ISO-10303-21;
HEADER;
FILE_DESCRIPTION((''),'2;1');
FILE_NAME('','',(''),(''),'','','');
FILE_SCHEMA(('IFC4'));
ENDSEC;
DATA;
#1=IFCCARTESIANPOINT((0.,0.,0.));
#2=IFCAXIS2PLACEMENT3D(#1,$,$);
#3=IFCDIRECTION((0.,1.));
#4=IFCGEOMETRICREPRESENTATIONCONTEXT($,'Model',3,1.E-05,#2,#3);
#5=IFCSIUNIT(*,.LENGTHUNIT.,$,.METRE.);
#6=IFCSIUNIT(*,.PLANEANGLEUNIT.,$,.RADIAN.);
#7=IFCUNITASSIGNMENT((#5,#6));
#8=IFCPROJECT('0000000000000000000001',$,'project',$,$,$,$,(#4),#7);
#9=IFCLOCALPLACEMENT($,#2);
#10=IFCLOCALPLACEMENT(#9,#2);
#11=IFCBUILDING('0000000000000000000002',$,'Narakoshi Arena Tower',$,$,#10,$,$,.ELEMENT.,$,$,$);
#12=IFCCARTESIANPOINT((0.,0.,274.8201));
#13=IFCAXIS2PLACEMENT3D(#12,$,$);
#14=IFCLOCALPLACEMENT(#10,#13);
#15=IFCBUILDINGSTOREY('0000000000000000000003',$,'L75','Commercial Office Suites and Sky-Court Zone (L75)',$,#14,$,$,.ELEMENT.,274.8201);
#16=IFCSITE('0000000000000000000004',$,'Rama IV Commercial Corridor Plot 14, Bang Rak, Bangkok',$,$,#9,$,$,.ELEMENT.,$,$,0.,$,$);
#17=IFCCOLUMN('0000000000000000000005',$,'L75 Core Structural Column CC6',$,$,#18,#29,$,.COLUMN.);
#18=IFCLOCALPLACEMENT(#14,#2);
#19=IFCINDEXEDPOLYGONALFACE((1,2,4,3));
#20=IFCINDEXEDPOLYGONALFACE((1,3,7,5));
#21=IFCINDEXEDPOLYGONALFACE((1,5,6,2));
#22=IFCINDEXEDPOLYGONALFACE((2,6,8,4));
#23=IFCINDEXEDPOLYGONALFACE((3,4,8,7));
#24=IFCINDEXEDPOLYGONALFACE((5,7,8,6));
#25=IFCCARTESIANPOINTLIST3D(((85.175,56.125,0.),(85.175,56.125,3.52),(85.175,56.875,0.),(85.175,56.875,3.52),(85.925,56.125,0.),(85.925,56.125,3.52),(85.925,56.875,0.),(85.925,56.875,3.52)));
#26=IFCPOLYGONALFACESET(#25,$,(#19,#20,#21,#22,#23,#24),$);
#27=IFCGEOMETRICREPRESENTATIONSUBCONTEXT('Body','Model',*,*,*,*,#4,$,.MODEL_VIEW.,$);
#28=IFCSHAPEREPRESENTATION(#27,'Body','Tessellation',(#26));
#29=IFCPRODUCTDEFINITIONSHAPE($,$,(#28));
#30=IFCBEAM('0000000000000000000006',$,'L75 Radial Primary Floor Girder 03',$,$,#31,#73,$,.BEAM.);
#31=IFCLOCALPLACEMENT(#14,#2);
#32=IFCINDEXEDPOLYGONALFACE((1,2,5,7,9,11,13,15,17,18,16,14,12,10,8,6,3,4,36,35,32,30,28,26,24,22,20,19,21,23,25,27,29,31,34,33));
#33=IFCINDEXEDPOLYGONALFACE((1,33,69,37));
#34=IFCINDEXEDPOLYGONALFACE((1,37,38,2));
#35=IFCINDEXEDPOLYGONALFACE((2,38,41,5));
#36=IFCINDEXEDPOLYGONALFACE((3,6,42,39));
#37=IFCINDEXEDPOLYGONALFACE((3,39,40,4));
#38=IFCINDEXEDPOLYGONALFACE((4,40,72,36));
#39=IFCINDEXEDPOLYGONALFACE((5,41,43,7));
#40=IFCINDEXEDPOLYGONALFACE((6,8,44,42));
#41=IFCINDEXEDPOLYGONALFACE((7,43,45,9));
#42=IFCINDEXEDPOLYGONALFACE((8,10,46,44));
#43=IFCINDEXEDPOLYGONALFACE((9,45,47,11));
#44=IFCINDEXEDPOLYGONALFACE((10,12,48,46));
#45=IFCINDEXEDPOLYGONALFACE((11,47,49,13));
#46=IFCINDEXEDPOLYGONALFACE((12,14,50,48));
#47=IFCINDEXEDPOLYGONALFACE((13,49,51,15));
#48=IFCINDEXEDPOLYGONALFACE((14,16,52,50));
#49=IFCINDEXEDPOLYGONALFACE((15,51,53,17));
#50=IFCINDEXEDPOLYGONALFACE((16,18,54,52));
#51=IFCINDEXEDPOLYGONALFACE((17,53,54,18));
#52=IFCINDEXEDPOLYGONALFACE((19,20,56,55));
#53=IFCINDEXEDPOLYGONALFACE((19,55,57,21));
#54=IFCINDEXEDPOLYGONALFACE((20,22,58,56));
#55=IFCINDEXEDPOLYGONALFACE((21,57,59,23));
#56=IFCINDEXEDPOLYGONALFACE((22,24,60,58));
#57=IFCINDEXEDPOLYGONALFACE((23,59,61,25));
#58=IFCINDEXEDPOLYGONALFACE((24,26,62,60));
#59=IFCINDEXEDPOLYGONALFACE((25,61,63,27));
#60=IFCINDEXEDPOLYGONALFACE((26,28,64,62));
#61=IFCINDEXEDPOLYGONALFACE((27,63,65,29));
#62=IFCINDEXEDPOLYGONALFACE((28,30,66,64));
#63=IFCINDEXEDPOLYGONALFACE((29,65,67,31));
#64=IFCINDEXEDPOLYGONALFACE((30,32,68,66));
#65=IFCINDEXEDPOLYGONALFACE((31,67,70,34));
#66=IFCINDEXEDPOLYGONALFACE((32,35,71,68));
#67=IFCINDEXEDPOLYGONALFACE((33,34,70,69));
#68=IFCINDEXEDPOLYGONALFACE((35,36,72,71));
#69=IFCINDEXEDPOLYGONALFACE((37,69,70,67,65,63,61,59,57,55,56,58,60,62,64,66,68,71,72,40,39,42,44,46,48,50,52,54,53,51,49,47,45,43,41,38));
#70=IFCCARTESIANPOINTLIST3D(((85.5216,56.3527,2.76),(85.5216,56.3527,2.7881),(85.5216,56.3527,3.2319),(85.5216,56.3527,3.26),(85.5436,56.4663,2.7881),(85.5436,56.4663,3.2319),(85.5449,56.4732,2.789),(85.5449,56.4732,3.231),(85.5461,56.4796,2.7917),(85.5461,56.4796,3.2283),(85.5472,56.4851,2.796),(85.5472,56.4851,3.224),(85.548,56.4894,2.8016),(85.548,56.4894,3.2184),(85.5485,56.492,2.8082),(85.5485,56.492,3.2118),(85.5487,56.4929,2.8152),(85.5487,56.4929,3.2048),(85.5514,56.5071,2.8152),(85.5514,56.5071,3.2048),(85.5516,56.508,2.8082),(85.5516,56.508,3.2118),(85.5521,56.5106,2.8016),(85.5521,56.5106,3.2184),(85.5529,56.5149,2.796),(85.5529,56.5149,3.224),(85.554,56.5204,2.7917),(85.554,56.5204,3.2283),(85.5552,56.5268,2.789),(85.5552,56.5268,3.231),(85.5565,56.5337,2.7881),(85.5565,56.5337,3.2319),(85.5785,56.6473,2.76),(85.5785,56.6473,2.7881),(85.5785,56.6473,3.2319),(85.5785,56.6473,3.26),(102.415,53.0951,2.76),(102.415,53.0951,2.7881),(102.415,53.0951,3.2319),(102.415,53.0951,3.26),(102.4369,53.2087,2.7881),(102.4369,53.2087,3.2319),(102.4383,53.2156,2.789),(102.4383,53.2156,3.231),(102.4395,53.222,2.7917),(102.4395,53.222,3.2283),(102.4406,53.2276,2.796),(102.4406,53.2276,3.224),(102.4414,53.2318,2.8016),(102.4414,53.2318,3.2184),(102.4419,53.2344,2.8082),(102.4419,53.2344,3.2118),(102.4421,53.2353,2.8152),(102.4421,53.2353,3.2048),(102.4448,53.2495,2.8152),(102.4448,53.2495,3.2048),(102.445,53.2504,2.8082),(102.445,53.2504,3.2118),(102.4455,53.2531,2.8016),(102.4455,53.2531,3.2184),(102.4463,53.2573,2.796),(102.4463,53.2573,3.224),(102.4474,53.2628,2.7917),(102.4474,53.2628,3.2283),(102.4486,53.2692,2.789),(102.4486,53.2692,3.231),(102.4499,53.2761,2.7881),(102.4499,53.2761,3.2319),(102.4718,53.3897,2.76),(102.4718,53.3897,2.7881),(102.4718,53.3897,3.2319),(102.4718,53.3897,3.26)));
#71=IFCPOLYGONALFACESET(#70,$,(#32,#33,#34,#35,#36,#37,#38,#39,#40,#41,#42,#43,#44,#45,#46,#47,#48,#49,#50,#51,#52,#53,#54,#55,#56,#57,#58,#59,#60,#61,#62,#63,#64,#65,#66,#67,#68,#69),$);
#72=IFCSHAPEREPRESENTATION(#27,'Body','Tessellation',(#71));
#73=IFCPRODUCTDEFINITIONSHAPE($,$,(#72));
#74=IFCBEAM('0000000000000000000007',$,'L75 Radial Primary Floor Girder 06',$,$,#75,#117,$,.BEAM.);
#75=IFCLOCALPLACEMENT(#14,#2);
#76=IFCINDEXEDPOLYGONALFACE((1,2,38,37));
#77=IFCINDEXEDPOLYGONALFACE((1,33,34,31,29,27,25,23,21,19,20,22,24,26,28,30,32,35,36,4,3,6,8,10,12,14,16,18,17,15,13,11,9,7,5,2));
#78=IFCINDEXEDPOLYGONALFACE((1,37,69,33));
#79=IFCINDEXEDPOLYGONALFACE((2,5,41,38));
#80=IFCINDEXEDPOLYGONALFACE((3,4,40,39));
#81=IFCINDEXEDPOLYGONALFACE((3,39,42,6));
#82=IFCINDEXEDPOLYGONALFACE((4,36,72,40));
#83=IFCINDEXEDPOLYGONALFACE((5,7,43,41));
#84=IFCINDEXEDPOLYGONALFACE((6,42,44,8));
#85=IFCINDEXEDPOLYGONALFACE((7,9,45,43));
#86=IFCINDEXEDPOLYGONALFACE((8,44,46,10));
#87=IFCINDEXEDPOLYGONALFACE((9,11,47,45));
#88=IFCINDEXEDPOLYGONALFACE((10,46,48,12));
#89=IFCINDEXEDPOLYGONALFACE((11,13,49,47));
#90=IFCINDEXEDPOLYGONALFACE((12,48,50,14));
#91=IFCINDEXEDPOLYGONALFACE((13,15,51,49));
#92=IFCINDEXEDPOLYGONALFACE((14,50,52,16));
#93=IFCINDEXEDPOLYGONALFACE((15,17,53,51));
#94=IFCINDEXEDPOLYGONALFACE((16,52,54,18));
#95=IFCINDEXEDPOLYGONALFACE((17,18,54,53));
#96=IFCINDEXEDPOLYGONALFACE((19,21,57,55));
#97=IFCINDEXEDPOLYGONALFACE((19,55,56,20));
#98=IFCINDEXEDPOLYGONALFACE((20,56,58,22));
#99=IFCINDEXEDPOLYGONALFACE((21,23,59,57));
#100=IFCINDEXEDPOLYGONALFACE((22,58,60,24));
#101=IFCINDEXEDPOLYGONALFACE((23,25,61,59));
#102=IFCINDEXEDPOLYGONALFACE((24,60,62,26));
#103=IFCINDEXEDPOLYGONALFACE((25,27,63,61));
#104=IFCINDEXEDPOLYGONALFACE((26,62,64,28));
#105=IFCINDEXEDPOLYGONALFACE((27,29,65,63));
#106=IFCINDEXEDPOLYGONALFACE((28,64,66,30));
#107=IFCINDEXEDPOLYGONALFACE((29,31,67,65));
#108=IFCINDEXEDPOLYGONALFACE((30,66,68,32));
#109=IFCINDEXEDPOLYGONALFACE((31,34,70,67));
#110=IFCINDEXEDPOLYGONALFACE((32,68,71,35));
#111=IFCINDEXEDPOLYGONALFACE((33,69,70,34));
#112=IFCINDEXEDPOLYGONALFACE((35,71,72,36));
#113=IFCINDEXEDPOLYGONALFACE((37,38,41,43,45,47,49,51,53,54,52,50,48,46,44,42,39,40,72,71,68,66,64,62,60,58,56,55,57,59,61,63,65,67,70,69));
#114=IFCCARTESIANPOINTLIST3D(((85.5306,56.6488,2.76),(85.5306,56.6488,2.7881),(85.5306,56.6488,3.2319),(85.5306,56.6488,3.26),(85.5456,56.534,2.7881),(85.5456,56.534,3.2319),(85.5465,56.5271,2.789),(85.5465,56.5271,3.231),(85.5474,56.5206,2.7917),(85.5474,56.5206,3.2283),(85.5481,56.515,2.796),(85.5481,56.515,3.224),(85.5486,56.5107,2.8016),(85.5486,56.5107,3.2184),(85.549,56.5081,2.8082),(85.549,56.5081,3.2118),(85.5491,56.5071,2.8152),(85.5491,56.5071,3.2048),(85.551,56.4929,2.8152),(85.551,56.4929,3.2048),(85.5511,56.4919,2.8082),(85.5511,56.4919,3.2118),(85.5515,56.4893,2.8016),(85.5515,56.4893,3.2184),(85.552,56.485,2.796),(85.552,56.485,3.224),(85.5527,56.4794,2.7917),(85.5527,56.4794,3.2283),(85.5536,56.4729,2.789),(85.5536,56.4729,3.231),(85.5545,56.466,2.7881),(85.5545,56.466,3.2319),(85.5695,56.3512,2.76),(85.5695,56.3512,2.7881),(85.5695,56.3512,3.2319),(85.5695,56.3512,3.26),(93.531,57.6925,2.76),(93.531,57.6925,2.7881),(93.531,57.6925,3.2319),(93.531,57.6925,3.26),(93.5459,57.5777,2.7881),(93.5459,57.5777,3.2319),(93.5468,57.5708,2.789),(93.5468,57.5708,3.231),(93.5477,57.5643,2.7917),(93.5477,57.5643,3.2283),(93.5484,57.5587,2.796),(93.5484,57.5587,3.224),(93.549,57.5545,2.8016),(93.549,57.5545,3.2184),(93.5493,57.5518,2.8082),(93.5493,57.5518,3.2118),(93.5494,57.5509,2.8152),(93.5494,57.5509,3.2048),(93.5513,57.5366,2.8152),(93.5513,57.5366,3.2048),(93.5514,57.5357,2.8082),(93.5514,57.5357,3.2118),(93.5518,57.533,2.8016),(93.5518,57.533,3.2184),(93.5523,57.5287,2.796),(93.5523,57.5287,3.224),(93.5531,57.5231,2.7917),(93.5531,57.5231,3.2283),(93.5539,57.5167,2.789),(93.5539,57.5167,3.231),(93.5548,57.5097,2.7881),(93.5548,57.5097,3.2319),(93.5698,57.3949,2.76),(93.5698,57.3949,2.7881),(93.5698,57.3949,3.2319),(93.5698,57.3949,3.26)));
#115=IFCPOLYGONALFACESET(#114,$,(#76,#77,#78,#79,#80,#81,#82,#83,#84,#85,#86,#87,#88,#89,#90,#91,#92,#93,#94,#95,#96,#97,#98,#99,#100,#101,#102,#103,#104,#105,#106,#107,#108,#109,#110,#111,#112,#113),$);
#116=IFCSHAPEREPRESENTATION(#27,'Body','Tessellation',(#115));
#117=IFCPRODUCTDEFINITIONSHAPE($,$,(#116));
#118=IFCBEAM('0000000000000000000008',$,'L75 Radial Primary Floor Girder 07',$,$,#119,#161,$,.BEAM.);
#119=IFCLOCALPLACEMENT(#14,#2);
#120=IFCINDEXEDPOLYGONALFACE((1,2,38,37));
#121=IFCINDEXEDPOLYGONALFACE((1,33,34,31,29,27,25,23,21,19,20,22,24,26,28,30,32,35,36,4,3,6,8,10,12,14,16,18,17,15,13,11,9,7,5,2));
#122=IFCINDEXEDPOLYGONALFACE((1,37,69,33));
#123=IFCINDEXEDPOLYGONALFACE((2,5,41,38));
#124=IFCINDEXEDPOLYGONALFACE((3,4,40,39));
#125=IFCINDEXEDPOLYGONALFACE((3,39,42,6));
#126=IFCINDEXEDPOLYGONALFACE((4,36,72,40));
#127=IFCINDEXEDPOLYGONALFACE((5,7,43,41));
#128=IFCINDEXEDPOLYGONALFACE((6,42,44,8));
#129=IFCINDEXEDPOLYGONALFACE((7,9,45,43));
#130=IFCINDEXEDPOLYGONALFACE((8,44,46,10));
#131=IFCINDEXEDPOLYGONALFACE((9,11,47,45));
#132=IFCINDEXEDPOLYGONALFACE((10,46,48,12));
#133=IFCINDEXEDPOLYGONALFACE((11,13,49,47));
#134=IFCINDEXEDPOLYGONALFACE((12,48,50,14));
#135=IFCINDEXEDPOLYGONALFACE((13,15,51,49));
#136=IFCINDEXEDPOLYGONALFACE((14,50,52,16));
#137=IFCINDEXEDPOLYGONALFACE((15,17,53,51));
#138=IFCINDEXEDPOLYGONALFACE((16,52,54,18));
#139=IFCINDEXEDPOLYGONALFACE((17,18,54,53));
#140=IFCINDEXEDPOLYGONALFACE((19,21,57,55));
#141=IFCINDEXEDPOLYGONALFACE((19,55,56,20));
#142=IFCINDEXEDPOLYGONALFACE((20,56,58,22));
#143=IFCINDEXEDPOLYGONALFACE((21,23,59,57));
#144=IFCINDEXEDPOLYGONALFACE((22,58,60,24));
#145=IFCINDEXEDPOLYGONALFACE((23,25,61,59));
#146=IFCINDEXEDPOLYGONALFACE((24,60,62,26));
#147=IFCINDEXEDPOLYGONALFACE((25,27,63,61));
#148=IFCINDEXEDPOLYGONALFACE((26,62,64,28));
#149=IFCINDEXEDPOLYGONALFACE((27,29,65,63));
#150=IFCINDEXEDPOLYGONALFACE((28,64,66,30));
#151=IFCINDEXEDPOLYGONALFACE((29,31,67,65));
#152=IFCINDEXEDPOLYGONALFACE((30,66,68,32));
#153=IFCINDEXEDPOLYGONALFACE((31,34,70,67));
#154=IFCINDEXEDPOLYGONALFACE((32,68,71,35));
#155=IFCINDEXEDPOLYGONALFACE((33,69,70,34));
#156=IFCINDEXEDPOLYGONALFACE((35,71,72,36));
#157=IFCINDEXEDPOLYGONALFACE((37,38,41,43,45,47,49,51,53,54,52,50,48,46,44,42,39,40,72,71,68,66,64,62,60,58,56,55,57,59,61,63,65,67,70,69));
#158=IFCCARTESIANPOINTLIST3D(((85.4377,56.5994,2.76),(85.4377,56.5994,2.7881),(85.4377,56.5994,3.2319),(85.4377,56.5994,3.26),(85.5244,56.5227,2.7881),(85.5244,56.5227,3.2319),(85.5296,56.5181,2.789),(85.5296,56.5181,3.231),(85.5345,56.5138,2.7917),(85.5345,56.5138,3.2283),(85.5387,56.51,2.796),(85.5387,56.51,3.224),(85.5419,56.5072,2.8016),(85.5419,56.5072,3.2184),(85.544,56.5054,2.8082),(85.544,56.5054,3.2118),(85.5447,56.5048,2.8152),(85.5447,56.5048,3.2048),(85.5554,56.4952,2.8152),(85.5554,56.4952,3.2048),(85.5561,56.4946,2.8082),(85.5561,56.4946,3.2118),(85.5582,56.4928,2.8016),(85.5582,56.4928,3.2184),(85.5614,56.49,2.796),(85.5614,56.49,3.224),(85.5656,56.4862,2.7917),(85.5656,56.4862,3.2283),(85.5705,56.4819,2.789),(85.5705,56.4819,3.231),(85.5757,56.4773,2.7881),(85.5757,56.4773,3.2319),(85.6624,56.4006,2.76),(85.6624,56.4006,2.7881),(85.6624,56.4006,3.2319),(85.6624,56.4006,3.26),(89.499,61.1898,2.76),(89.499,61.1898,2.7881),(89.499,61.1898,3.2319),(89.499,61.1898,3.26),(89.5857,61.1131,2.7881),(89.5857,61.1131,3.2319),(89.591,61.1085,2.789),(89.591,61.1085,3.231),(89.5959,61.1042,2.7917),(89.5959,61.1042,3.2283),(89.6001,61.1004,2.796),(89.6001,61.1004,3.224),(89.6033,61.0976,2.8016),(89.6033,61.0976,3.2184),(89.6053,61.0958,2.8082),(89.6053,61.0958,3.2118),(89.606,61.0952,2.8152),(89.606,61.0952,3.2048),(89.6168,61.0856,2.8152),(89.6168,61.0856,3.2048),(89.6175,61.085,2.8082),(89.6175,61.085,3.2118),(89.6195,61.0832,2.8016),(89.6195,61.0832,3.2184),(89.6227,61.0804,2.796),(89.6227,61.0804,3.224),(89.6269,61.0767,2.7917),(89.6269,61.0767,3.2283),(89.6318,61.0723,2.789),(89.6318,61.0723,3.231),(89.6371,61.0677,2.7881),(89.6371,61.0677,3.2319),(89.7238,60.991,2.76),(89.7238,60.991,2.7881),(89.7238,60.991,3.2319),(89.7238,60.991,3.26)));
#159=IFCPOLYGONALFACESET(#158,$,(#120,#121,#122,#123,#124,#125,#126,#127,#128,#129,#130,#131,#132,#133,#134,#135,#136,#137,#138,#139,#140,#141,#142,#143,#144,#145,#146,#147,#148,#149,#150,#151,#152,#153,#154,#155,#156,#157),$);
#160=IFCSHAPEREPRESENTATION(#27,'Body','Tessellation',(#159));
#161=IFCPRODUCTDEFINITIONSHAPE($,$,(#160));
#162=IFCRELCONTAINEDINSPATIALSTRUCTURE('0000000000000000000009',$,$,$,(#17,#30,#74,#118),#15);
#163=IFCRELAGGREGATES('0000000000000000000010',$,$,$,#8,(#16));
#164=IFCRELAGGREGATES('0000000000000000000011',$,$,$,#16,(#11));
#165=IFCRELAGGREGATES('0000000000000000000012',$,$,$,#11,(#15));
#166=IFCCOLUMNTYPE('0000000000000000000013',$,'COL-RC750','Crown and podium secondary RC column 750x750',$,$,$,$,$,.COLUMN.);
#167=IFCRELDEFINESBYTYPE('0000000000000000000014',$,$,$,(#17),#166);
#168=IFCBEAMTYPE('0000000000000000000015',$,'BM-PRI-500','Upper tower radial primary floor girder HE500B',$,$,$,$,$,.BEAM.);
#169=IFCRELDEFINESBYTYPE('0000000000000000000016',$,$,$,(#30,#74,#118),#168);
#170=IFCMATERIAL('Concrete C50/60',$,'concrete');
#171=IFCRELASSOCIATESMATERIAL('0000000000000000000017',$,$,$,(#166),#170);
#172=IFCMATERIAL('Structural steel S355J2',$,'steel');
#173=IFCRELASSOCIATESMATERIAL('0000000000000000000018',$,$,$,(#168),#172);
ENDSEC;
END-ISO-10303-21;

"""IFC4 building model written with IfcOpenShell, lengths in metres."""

from ifc_helpers import new_model, si_unit, direction, frame, origin, origin_2d, place, context, subcontext, project, spatial, rectangle, i_section, extrude, material, material_profile, profile_set, type_object, element, save


model = new_model("IFC4")

# Units and contexts
model_context = context("Model", 3, precision=1e-05, world=origin(), true_north=direction((0.0, 1.0)))
body_context = subcontext(model_context, "Body", "Model", "MODEL_VIEW")
ifc_project = project(units=[si_unit("LENGTHUNIT", "METRE"), si_unit("PLANEANGLEUNIT", "RADIAN")], contexts=[model_context])

# Site, building, storey
site_placement = place(None, origin())
site = spatial("IfcSite", under=ifc_project, at=site_placement, Name="Rama IV Commercial Corridor Plot 14, Bang Rak, Bangkok", CompositionType="ELEMENT", RefElevation=0.0)
building_placement = place(site_placement, origin())
building = spatial("IfcBuilding", under=site, at=building_placement, Name="Narakoshi Arena Tower", CompositionType="ELEMENT")
storey_placement = place(building_placement, frame((0.0, 0.0, 274.8201)))
storey = spatial("IfcBuildingStorey", under=building, at=storey_placement, Name="L75", Description="Commercial Office Suites and Sky-Court Zone (L75)", CompositionType="ELEMENT", Elevation=274.8201)

# Column
ifc_material_1 = material(Name="Concrete C50/60", Category="concrete")
ifc_material_profile_1 = material_profile(ifc_material_1, rectangle(XDim=0.75, YDim=0.75, at=origin_2d()), Name="RC750x750")
ifc_profile_set_1 = profile_set([ifc_material_profile_1], Name="Concrete C50/60")
column_type = type_object("IfcColumnType", Name="COL-RC750", Description="Crown and podium secondary RC column 750x750", PredefinedType="COLUMN", material=ifc_profile_set_1)
column_placement = place(storey_placement, frame((85.55, 56.5, 0.0), z_axis=(0.0, 0.0, 1.0), x_axis=(1.0, 0.0, 0.0)))
element("IfcColumn", 1, at=column_placement, inside=storey, type_object=column_type, Name="L75 Core Structural Column CC6", PredefinedType="COLUMN", context=body_context, shape_type="SweptSolid", body=[
    extrude(rectangle(XDim=0.75, YDim=0.75, at=origin_2d()), origin(), (0.0, 0.0, 1.0), 3.52),
])

# Beams
ifc_material_2 = material(Name="Structural steel S355J2", Category="steel")
ifc_material_profile_2 = material_profile(ifc_material_2, i_section(OverallWidth=0.3, OverallDepth=0.5, WebThickness=0.0144, FlangeThickness=0.0281, FilletRadius=0.0271, at=origin_2d()), Name="HE500B")
ifc_profile_set_2 = profile_set([ifc_material_profile_2], Name="Structural steel S355J2")
beam_type = type_object("IfcBeamType", Name="BM-PRI-500", Description="Upper tower radial primary floor girder HE500B", PredefinedType="BEAM", material=ifc_profile_set_2)
beam_1_placement = place(storey_placement, frame((85.55, 56.5, 3.01), z_axis=(0.981911, -0.189344, 0.0), x_axis=(0.189344, 0.981911, 0.0)))
element("IfcBeam", 2, at=beam_1_placement, inside=storey, type_object=beam_type, Name="L75 Radial Primary Floor Girder 03", PredefinedType="BEAM", context=body_context, shape_type="SweptSolid", body=[
    extrude(i_section(OverallWidth=0.3, OverallDepth=0.5, WebThickness=0.0144, FlangeThickness=0.0281, FilletRadius=0.0271, at=origin_2d()), origin(), (0.0, 0.0, 1.0), 17.2046),
])
beam_2_placement = place(storey_placement, frame((85.55, 56.5, 3.01), z_axis=(0.991597, 0.129362, 0.0), x_axis=(-0.129362, 0.991597, 0.0)))
element("IfcBeam", 3, at=beam_2_placement, inside=storey, type_object=beam_type, Name="L75 Radial Primary Floor Girder 06", PredefinedType="BEAM", context=body_context, shape_type="SweptSolid", body=[
    extrude(i_section(OverallWidth=0.3, OverallDepth=0.5, WebThickness=0.0144, FlangeThickness=0.0281, FilletRadius=0.0271, at=origin_2d()), origin(), (0.0, 0.0, 1.0), 8.0681),
])
beam_3_placement = place(storey_placement, frame((85.55, 56.5, 3.01), z_axis=(0.662629, 0.748948, 0.0), x_axis=(-0.748948, 0.662629, 0.0)))
element("IfcBeam", 4, at=beam_3_placement, inside=storey, type_object=beam_type, Name="L75 Radial Primary Floor Girder 07", PredefinedType="BEAM", context=body_context, shape_type="SweptSolid", body=[
    extrude(i_section(OverallWidth=0.3, OverallDepth=0.5, WebThickness=0.0144, FlangeThickness=0.0281, FilletRadius=0.0271, at=origin_2d()), origin(), (0.0, 0.0, 1.0), 6.1292),
])

save(model, "model.ifc")
